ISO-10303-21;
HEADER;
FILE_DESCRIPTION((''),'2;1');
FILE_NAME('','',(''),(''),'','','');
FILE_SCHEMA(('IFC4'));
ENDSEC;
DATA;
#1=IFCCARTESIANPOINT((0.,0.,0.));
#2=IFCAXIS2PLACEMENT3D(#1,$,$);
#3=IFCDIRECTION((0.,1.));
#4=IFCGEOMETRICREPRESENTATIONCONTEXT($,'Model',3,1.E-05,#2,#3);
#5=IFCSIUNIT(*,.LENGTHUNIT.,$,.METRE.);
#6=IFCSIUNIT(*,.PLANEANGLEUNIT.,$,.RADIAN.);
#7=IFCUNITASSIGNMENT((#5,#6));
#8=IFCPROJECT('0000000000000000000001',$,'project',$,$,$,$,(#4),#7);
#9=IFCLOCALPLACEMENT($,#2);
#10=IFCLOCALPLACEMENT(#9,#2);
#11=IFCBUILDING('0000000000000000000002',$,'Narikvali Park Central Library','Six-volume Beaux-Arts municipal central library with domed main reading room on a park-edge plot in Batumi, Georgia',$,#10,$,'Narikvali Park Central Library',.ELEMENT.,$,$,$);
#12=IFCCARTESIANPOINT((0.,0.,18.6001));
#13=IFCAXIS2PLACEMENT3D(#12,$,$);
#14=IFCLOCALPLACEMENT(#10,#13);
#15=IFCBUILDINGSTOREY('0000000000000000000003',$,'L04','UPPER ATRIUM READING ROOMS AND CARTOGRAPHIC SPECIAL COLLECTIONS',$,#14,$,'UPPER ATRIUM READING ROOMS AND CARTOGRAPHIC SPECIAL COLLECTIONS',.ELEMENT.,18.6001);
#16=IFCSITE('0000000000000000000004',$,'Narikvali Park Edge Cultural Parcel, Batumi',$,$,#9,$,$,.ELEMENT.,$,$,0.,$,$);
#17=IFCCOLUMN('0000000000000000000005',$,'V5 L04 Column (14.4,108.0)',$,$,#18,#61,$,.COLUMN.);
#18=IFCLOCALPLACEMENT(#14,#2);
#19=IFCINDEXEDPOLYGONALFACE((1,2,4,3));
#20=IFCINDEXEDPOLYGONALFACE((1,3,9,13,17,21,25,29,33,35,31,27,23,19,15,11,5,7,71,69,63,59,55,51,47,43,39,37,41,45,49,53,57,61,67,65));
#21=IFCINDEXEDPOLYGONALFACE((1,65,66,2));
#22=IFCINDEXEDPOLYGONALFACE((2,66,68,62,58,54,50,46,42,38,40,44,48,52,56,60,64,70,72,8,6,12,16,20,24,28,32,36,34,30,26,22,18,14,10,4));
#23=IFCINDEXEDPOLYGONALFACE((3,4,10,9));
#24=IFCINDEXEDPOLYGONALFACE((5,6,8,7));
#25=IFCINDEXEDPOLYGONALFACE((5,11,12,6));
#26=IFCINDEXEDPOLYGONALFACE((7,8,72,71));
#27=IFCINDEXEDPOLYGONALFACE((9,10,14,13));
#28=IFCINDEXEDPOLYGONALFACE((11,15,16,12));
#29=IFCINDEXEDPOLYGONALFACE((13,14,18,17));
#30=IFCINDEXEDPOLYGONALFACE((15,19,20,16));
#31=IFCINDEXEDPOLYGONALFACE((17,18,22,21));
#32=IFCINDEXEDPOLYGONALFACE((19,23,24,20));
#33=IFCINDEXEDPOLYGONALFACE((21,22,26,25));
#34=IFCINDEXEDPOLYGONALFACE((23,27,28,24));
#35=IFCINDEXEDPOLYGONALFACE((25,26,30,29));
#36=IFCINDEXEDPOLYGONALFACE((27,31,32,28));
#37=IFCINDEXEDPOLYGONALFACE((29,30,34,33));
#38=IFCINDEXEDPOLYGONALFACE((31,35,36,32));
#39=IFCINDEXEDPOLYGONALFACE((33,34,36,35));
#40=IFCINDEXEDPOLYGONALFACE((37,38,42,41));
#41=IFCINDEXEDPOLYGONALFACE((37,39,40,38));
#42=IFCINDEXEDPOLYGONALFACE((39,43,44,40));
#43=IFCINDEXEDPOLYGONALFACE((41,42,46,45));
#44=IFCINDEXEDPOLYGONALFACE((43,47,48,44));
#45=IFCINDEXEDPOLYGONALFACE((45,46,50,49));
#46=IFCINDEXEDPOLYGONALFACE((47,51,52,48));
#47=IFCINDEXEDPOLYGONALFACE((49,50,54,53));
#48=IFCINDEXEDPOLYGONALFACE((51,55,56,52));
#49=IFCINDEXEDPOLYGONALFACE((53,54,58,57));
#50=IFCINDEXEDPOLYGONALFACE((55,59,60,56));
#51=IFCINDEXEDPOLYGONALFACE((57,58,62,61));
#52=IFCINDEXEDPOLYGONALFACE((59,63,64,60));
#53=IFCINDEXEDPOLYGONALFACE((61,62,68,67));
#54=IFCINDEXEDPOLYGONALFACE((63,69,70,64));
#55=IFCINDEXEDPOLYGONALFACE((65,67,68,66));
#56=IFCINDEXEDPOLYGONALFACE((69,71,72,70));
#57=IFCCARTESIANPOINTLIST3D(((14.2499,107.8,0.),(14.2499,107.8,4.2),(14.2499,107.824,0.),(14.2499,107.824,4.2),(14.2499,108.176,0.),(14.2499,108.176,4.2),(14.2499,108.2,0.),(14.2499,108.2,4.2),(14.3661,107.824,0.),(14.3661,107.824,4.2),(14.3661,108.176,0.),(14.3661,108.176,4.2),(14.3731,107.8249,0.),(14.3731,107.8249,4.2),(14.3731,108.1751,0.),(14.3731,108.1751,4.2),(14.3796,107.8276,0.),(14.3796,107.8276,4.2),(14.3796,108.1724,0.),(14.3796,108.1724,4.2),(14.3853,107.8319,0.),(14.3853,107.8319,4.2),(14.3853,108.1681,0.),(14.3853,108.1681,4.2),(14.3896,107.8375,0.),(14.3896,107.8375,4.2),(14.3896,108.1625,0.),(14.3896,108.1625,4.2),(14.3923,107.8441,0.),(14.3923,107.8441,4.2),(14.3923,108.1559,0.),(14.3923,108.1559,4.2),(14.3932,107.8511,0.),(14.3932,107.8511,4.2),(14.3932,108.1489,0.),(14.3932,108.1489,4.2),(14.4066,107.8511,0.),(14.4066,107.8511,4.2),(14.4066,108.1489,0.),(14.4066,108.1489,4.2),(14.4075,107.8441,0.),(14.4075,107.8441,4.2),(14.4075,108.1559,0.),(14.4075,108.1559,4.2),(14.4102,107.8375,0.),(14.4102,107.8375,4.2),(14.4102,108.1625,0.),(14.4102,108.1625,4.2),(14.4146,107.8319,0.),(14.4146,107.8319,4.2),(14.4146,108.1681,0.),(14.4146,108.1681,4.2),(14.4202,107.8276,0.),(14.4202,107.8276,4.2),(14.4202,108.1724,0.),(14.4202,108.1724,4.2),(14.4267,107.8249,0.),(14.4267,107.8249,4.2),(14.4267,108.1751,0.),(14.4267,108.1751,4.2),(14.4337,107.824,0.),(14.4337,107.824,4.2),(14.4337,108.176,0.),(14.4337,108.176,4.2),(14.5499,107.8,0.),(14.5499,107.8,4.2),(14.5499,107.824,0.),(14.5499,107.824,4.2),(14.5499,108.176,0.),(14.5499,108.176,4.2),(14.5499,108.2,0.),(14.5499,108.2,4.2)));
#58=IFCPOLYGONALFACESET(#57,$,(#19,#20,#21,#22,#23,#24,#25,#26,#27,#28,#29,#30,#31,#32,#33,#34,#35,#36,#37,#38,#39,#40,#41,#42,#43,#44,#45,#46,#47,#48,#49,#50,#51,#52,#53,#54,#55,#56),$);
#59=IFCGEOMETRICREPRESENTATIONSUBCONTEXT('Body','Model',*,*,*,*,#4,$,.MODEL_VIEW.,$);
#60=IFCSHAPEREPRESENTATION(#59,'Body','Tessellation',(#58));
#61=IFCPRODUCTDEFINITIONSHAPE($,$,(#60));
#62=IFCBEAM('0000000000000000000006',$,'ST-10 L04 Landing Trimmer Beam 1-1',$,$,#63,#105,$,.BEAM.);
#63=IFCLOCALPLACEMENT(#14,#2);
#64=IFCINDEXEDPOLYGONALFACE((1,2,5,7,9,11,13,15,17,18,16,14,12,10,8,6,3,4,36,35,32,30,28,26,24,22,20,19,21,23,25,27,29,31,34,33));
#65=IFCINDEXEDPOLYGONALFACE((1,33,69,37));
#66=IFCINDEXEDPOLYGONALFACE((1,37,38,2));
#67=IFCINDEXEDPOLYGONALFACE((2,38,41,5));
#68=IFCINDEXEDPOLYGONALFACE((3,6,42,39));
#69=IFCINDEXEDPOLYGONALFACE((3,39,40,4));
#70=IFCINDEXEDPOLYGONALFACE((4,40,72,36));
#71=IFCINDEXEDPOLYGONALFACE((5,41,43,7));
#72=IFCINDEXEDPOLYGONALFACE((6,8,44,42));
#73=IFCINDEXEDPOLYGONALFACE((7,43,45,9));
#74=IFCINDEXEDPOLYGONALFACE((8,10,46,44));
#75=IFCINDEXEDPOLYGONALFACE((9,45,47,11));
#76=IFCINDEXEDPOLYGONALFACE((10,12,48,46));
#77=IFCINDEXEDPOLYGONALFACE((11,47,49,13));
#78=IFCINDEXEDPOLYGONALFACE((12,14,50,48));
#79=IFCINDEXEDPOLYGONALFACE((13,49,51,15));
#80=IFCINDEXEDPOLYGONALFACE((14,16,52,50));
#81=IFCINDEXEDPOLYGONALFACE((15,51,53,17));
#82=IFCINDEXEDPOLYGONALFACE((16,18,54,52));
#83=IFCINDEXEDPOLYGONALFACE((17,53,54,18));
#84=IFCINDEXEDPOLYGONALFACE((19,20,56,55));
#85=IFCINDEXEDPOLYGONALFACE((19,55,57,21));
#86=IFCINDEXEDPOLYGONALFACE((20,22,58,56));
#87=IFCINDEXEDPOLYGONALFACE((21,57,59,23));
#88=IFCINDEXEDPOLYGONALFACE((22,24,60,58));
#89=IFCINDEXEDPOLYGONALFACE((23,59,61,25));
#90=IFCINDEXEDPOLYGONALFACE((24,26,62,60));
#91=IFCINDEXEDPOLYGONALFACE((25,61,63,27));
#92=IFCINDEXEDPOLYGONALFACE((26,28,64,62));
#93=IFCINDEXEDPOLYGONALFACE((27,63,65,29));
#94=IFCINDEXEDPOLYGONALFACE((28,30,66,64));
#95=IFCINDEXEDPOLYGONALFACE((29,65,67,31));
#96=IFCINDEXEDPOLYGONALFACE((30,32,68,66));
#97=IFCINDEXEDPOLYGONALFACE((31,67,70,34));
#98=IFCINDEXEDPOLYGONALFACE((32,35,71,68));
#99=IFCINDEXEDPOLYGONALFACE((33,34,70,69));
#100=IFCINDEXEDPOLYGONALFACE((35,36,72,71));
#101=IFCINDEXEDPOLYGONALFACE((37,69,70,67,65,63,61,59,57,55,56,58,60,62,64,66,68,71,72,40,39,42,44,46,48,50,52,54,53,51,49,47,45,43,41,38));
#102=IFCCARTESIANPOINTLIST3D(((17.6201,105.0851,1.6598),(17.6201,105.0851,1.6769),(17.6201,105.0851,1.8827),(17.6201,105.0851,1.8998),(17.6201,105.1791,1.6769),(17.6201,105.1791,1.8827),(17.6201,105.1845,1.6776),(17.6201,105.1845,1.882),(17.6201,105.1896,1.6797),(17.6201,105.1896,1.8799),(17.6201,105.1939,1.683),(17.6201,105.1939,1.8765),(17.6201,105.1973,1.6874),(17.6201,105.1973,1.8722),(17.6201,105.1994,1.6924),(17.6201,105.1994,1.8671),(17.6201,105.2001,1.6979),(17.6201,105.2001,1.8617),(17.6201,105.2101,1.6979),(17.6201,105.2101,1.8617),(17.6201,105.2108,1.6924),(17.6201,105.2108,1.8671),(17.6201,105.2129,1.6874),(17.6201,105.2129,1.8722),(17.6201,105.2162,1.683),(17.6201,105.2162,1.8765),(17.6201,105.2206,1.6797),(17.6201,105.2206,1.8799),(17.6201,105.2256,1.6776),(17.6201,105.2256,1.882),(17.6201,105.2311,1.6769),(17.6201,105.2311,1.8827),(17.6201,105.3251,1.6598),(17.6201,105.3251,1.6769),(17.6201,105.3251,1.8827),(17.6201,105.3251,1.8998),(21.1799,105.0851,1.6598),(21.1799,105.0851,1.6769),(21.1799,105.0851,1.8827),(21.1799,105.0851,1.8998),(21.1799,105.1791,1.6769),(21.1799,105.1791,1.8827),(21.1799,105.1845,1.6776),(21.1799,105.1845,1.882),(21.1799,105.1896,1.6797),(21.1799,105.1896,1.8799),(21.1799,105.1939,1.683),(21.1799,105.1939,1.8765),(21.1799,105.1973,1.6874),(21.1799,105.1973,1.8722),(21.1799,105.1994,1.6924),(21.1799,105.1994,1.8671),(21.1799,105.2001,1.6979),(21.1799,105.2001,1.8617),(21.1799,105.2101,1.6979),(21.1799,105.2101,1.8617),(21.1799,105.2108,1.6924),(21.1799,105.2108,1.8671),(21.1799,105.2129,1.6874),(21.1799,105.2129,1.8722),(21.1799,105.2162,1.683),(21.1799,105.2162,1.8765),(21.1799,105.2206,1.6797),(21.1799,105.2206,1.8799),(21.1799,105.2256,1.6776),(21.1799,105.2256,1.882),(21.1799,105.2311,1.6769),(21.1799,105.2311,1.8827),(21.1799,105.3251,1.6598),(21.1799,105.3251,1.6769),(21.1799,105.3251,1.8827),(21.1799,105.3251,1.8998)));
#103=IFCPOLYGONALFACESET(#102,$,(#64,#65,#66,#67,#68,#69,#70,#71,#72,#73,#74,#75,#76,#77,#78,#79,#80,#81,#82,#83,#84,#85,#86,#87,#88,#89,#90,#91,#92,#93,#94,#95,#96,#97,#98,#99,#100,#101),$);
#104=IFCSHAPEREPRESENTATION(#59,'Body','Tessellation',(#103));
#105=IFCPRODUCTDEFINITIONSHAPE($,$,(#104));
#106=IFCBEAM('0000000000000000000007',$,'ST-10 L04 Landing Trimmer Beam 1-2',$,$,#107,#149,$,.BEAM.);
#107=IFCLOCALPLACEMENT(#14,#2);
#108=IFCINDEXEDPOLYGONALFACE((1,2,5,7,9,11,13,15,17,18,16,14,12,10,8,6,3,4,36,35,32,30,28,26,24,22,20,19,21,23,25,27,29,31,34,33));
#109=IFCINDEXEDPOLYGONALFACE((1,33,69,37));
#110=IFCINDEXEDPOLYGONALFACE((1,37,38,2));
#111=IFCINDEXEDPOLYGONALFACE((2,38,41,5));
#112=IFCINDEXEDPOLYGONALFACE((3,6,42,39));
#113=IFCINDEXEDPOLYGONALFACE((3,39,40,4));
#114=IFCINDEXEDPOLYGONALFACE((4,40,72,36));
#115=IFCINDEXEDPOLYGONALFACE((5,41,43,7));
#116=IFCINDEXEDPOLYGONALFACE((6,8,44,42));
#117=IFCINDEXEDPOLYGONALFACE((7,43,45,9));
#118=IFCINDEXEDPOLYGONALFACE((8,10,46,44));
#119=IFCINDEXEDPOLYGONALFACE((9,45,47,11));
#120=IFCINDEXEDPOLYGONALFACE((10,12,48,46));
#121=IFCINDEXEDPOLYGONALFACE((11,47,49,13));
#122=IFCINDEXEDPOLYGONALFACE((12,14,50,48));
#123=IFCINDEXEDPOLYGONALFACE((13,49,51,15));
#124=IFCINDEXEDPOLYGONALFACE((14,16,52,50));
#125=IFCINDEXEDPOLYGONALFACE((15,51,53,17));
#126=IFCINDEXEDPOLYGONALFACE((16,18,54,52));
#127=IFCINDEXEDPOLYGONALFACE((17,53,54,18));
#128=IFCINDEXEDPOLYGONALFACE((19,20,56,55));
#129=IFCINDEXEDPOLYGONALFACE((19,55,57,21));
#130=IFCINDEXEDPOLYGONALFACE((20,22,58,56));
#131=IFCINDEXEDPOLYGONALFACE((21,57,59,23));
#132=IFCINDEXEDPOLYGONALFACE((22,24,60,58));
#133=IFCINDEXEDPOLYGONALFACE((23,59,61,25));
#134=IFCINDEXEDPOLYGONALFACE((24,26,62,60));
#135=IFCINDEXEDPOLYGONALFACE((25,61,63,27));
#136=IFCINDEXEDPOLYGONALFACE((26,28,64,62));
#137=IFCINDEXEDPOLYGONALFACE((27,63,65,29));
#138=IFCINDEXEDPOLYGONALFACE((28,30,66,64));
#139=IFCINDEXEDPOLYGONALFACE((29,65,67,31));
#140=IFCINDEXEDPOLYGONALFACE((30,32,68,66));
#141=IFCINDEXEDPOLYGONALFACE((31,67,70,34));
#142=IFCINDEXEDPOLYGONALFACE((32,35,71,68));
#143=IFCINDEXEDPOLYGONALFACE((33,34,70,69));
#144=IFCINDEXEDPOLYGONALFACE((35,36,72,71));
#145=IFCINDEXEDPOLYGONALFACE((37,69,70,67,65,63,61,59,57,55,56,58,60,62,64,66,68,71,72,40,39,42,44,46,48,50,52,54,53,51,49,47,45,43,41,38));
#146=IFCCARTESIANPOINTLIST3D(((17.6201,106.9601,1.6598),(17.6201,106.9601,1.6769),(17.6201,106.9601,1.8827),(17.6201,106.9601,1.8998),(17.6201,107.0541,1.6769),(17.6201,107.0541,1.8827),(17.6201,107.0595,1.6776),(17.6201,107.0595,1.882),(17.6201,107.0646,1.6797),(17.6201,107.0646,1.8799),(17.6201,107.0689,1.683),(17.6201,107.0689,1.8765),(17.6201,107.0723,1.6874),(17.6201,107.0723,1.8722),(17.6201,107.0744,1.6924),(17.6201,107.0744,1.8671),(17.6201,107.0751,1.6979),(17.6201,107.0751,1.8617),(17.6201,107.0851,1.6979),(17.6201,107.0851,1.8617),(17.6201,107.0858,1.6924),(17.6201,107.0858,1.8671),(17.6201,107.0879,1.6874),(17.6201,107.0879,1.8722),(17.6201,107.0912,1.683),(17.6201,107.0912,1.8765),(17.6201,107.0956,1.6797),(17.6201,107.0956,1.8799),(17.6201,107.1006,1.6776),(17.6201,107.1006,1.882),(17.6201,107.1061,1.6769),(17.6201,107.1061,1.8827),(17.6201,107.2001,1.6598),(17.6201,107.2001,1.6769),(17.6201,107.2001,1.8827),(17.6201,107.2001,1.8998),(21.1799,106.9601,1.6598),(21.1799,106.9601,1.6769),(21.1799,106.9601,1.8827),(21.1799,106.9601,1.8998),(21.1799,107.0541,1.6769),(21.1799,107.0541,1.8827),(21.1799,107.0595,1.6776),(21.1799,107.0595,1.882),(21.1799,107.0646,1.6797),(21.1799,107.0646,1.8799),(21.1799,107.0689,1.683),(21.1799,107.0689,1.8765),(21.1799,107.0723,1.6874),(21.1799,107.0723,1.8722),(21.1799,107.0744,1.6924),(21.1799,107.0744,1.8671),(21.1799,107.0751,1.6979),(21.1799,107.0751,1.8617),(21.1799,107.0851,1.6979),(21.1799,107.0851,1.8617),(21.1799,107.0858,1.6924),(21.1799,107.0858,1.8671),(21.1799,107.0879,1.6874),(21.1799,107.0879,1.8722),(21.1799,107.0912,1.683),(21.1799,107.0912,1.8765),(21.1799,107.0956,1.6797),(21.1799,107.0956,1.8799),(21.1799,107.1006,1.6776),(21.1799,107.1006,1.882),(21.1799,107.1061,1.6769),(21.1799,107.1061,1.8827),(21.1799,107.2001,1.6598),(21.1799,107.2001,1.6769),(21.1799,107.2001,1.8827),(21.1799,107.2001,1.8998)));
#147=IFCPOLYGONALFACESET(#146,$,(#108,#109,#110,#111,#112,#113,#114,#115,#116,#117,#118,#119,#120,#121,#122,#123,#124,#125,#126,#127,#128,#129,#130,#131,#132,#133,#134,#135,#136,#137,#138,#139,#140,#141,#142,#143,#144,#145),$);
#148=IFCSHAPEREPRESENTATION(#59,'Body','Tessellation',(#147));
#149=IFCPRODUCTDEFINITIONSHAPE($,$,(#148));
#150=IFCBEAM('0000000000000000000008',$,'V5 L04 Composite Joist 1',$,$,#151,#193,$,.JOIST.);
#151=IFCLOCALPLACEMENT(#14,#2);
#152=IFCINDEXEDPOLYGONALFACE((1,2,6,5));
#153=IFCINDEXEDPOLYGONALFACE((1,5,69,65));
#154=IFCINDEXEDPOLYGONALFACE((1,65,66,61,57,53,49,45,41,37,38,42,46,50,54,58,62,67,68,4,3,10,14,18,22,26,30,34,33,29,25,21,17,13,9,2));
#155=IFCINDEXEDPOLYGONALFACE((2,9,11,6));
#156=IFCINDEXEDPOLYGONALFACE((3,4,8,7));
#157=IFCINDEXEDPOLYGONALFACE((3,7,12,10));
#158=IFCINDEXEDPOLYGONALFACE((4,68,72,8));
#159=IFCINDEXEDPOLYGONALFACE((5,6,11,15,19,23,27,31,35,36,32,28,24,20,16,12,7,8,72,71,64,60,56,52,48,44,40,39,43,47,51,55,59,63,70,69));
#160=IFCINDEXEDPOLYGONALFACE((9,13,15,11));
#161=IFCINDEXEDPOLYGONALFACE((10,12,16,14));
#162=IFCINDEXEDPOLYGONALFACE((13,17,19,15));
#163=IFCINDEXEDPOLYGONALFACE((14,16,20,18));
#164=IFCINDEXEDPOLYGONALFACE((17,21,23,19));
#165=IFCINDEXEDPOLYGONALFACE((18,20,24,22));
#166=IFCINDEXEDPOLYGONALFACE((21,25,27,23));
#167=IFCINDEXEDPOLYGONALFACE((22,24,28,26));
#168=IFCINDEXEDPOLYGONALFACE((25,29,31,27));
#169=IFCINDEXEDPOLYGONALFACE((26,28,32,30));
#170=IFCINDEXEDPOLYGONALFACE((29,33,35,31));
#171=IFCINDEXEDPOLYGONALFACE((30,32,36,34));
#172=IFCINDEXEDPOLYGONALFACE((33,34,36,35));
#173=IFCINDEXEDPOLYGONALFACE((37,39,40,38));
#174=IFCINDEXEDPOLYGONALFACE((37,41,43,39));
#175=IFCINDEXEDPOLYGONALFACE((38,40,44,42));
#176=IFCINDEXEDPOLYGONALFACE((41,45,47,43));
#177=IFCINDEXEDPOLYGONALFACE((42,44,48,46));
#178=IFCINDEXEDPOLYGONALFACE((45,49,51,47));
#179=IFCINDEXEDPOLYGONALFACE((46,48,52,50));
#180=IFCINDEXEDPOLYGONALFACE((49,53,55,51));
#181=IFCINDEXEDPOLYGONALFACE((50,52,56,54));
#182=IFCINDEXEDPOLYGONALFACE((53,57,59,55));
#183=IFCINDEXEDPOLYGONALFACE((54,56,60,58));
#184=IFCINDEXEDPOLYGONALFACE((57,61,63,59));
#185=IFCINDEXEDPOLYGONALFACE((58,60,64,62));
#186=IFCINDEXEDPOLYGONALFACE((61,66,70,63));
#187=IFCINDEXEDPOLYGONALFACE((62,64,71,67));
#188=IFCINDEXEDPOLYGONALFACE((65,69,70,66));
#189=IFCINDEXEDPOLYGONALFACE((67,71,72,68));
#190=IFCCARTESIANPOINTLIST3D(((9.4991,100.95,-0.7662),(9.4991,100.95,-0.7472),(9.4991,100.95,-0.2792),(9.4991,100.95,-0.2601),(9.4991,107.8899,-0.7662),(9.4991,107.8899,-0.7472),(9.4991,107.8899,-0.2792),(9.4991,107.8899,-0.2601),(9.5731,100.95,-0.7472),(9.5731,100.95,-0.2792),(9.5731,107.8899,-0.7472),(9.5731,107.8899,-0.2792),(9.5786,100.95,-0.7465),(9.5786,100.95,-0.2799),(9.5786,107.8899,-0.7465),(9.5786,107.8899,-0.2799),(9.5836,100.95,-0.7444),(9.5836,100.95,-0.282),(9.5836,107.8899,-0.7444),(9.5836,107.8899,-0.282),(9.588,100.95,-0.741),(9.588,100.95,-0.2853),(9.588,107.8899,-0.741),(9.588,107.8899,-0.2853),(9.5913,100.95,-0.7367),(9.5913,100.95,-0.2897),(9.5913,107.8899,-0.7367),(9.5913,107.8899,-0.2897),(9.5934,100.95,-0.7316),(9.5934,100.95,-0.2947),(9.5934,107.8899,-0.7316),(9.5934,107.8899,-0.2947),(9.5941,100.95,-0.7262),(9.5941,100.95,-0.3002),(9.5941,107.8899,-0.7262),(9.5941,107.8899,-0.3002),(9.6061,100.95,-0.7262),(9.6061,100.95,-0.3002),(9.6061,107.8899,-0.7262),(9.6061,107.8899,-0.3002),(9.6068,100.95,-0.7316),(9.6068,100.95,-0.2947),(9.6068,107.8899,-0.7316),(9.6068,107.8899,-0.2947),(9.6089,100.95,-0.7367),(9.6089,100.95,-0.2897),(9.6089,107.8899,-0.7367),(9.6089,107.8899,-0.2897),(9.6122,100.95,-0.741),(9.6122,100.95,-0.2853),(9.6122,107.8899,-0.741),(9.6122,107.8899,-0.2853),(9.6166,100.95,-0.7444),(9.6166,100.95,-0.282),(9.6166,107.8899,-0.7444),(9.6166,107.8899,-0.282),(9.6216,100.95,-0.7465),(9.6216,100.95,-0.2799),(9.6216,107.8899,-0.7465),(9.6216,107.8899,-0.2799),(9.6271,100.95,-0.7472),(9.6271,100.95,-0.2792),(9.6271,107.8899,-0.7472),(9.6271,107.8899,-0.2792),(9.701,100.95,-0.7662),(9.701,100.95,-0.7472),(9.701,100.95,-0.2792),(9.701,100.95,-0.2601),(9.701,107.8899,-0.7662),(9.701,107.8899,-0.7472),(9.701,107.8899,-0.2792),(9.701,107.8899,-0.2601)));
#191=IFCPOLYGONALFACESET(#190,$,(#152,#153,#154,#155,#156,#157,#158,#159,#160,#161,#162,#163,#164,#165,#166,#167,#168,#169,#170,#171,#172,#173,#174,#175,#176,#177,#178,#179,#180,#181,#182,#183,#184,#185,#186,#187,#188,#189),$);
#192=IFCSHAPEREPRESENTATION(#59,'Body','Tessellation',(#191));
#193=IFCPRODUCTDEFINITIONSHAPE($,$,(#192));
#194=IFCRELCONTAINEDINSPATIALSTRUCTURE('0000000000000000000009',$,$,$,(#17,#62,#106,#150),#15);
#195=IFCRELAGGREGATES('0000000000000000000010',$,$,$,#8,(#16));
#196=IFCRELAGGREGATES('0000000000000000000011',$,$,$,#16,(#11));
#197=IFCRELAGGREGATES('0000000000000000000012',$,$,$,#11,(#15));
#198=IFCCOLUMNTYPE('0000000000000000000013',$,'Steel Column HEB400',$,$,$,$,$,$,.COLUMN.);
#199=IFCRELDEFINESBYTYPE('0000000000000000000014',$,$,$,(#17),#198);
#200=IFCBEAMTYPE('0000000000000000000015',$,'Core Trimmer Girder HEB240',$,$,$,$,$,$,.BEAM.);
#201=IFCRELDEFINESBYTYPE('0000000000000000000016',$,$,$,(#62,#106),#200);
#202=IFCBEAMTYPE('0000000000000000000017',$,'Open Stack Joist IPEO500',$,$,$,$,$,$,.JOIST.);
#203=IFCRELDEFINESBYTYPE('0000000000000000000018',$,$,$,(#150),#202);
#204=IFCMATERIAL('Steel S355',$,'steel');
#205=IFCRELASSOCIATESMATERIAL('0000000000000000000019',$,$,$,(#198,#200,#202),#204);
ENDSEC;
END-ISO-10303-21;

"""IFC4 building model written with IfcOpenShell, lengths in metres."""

from ifc_helpers import new_model, si_unit, direction, frame, origin, origin_2d, place, context, subcontext, project, spatial, i_section, extrude, material, material_profile, profile_set, type_object, element, save


model = new_model("IFC4")

# Units and contexts
model_context = context("Model", 3, precision=1e-05, world=origin(), true_north=direction((0.0, 1.0)))
body_context = subcontext(model_context, "Body", "Model", "MODEL_VIEW")
ifc_project = project(units=[si_unit("LENGTHUNIT", "METRE"), si_unit("PLANEANGLEUNIT", "RADIAN")], contexts=[model_context])

# Site, building, storey
site_placement = place(None, origin())
site = spatial("IfcSite", under=ifc_project, at=site_placement, Name="Narikvali Park Edge Cultural Parcel, Batumi", CompositionType="ELEMENT", RefElevation=0.0)
building_placement = place(site_placement, origin())
building = spatial("IfcBuilding", under=site, at=building_placement, Name="Narikvali Park Central Library", Description="Six-volume Beaux-Arts municipal central library with domed main reading room on a park-edge plot in Batumi, Georgia", LongName="Narikvali Park Central Library", CompositionType="ELEMENT")
storey_placement = place(building_placement, frame((0.0, 0.0, 18.6001)))
storey = spatial("IfcBuildingStorey", under=building, at=storey_placement, Name="L04", Description="UPPER ATRIUM READING ROOMS AND CARTOGRAPHIC SPECIAL COLLECTIONS", LongName="UPPER ATRIUM READING ROOMS AND CARTOGRAPHIC SPECIAL COLLECTIONS", CompositionType="ELEMENT", Elevation=18.6001)

# Column
ifc_material_1 = material(Name="Steel S355", Category="steel")
ifc_material_profile_1 = material_profile(ifc_material_1, i_section(OverallWidth=0.3, OverallDepth=0.3999, WebThickness=0.0134, FlangeThickness=0.0239, FilletRadius=0.0271, at=origin_2d()), Name="HEB 400")
ifc_profile_set_1 = profile_set([ifc_material_profile_1], Name="Steel S355")
column_type = type_object("IfcColumnType", Name="Steel Column HEB400", PredefinedType="COLUMN", material=ifc_profile_set_1)
column_placement = place(storey_placement, frame((14.3999, 108.0, 0.0), z_axis=(0.0, 0.0, 1.0), x_axis=(1.0, 0.0, 0.0)))
element("IfcColumn", 1, at=column_placement, inside=storey, type_object=column_type, Name="V5 L04 Column (14.4,108.0)", PredefinedType="COLUMN", context=body_context, shape_type="SweptSolid", body=[
    extrude(i_section(OverallWidth=0.3, OverallDepth=0.3999, WebThickness=0.0134, FlangeThickness=0.0239, FilletRadius=0.0271, at=origin_2d()), origin(), (0.0, 0.0, 1.0), 4.2),
])

# Beams
ifc_material_profile_2 = material_profile(ifc_material_1, i_section(OverallWidth=0.24, OverallDepth=0.24, WebThickness=0.01, FlangeThickness=0.0171, FilletRadius=0.021, at=origin_2d()), Name="HEB 240")
ifc_profile_set_2 = profile_set([ifc_material_profile_2], Name="Steel S355")
beam_type_1 = type_object("IfcBeamType", Name="Core Trimmer Girder HEB240", PredefinedType="BEAM", material=ifc_profile_set_2)
for number, where, z_axis, x_axis, name in (
    (2, (17.6201, 105.2051, 1.7798), (1.0, 0.0, 0.0), (0.0, 1.0, 0.0), "ST-10 L04 Landing Trimmer Beam 1-1"),
    (3, (17.6201, 107.0801, 1.7798), (1.0, 0.0, 0.0), (0.0, 1.0, 0.0), "ST-10 L04 Landing Trimmer Beam 1-2"),
):
    element("IfcBeam", number, at=place(storey_placement, frame(where, z_axis=z_axis, x_axis=x_axis)), inside=storey, type_object=beam_type_1, Name=name, PredefinedType="BEAM", context=body_context, shape_type="SweptSolid", body=[
        extrude(i_section(OverallWidth=0.24, OverallDepth=0.24, WebThickness=0.01, FlangeThickness=0.0171, FilletRadius=0.021, at=origin_2d()), origin(), (0.0, 0.0, 1.0), 3.5598),
    ])
ifc_material_profile_3 = material_profile(ifc_material_1, i_section(OverallWidth=0.2019, OverallDepth=0.5061, WebThickness=0.012, FlangeThickness=0.019, FilletRadius=0.021, at=origin_2d()), Name="IPEO 500")
ifc_profile_set_3 = profile_set([ifc_material_profile_3], Name="Steel S355")
beam_type_2 = type_object("IfcBeamType", Name="Open Stack Joist IPEO500", PredefinedType="JOIST", material=ifc_profile_set_3)
for number, where, z_axis, x_axis, name in (
    (4, (9.6001, 100.95, -0.5132), (0.0, 1.0, 0.0), (-1.0, 0.0, 0.0), "V5 L04 Composite Joist 1"),
):
    element("IfcBeam", number, at=place(storey_placement, frame(where, z_axis=z_axis, x_axis=x_axis)), inside=storey, type_object=beam_type_2, Name=name, PredefinedType="JOIST", context=body_context, shape_type="SweptSolid", body=[
        extrude(i_section(OverallWidth=0.2019, OverallDepth=0.5061, WebThickness=0.012, FlangeThickness=0.019, FilletRadius=0.021, at=origin_2d()), origin(), (0.0, 0.0, 1.0), 6.9399),
    ])

save(model, "model.ifc")
